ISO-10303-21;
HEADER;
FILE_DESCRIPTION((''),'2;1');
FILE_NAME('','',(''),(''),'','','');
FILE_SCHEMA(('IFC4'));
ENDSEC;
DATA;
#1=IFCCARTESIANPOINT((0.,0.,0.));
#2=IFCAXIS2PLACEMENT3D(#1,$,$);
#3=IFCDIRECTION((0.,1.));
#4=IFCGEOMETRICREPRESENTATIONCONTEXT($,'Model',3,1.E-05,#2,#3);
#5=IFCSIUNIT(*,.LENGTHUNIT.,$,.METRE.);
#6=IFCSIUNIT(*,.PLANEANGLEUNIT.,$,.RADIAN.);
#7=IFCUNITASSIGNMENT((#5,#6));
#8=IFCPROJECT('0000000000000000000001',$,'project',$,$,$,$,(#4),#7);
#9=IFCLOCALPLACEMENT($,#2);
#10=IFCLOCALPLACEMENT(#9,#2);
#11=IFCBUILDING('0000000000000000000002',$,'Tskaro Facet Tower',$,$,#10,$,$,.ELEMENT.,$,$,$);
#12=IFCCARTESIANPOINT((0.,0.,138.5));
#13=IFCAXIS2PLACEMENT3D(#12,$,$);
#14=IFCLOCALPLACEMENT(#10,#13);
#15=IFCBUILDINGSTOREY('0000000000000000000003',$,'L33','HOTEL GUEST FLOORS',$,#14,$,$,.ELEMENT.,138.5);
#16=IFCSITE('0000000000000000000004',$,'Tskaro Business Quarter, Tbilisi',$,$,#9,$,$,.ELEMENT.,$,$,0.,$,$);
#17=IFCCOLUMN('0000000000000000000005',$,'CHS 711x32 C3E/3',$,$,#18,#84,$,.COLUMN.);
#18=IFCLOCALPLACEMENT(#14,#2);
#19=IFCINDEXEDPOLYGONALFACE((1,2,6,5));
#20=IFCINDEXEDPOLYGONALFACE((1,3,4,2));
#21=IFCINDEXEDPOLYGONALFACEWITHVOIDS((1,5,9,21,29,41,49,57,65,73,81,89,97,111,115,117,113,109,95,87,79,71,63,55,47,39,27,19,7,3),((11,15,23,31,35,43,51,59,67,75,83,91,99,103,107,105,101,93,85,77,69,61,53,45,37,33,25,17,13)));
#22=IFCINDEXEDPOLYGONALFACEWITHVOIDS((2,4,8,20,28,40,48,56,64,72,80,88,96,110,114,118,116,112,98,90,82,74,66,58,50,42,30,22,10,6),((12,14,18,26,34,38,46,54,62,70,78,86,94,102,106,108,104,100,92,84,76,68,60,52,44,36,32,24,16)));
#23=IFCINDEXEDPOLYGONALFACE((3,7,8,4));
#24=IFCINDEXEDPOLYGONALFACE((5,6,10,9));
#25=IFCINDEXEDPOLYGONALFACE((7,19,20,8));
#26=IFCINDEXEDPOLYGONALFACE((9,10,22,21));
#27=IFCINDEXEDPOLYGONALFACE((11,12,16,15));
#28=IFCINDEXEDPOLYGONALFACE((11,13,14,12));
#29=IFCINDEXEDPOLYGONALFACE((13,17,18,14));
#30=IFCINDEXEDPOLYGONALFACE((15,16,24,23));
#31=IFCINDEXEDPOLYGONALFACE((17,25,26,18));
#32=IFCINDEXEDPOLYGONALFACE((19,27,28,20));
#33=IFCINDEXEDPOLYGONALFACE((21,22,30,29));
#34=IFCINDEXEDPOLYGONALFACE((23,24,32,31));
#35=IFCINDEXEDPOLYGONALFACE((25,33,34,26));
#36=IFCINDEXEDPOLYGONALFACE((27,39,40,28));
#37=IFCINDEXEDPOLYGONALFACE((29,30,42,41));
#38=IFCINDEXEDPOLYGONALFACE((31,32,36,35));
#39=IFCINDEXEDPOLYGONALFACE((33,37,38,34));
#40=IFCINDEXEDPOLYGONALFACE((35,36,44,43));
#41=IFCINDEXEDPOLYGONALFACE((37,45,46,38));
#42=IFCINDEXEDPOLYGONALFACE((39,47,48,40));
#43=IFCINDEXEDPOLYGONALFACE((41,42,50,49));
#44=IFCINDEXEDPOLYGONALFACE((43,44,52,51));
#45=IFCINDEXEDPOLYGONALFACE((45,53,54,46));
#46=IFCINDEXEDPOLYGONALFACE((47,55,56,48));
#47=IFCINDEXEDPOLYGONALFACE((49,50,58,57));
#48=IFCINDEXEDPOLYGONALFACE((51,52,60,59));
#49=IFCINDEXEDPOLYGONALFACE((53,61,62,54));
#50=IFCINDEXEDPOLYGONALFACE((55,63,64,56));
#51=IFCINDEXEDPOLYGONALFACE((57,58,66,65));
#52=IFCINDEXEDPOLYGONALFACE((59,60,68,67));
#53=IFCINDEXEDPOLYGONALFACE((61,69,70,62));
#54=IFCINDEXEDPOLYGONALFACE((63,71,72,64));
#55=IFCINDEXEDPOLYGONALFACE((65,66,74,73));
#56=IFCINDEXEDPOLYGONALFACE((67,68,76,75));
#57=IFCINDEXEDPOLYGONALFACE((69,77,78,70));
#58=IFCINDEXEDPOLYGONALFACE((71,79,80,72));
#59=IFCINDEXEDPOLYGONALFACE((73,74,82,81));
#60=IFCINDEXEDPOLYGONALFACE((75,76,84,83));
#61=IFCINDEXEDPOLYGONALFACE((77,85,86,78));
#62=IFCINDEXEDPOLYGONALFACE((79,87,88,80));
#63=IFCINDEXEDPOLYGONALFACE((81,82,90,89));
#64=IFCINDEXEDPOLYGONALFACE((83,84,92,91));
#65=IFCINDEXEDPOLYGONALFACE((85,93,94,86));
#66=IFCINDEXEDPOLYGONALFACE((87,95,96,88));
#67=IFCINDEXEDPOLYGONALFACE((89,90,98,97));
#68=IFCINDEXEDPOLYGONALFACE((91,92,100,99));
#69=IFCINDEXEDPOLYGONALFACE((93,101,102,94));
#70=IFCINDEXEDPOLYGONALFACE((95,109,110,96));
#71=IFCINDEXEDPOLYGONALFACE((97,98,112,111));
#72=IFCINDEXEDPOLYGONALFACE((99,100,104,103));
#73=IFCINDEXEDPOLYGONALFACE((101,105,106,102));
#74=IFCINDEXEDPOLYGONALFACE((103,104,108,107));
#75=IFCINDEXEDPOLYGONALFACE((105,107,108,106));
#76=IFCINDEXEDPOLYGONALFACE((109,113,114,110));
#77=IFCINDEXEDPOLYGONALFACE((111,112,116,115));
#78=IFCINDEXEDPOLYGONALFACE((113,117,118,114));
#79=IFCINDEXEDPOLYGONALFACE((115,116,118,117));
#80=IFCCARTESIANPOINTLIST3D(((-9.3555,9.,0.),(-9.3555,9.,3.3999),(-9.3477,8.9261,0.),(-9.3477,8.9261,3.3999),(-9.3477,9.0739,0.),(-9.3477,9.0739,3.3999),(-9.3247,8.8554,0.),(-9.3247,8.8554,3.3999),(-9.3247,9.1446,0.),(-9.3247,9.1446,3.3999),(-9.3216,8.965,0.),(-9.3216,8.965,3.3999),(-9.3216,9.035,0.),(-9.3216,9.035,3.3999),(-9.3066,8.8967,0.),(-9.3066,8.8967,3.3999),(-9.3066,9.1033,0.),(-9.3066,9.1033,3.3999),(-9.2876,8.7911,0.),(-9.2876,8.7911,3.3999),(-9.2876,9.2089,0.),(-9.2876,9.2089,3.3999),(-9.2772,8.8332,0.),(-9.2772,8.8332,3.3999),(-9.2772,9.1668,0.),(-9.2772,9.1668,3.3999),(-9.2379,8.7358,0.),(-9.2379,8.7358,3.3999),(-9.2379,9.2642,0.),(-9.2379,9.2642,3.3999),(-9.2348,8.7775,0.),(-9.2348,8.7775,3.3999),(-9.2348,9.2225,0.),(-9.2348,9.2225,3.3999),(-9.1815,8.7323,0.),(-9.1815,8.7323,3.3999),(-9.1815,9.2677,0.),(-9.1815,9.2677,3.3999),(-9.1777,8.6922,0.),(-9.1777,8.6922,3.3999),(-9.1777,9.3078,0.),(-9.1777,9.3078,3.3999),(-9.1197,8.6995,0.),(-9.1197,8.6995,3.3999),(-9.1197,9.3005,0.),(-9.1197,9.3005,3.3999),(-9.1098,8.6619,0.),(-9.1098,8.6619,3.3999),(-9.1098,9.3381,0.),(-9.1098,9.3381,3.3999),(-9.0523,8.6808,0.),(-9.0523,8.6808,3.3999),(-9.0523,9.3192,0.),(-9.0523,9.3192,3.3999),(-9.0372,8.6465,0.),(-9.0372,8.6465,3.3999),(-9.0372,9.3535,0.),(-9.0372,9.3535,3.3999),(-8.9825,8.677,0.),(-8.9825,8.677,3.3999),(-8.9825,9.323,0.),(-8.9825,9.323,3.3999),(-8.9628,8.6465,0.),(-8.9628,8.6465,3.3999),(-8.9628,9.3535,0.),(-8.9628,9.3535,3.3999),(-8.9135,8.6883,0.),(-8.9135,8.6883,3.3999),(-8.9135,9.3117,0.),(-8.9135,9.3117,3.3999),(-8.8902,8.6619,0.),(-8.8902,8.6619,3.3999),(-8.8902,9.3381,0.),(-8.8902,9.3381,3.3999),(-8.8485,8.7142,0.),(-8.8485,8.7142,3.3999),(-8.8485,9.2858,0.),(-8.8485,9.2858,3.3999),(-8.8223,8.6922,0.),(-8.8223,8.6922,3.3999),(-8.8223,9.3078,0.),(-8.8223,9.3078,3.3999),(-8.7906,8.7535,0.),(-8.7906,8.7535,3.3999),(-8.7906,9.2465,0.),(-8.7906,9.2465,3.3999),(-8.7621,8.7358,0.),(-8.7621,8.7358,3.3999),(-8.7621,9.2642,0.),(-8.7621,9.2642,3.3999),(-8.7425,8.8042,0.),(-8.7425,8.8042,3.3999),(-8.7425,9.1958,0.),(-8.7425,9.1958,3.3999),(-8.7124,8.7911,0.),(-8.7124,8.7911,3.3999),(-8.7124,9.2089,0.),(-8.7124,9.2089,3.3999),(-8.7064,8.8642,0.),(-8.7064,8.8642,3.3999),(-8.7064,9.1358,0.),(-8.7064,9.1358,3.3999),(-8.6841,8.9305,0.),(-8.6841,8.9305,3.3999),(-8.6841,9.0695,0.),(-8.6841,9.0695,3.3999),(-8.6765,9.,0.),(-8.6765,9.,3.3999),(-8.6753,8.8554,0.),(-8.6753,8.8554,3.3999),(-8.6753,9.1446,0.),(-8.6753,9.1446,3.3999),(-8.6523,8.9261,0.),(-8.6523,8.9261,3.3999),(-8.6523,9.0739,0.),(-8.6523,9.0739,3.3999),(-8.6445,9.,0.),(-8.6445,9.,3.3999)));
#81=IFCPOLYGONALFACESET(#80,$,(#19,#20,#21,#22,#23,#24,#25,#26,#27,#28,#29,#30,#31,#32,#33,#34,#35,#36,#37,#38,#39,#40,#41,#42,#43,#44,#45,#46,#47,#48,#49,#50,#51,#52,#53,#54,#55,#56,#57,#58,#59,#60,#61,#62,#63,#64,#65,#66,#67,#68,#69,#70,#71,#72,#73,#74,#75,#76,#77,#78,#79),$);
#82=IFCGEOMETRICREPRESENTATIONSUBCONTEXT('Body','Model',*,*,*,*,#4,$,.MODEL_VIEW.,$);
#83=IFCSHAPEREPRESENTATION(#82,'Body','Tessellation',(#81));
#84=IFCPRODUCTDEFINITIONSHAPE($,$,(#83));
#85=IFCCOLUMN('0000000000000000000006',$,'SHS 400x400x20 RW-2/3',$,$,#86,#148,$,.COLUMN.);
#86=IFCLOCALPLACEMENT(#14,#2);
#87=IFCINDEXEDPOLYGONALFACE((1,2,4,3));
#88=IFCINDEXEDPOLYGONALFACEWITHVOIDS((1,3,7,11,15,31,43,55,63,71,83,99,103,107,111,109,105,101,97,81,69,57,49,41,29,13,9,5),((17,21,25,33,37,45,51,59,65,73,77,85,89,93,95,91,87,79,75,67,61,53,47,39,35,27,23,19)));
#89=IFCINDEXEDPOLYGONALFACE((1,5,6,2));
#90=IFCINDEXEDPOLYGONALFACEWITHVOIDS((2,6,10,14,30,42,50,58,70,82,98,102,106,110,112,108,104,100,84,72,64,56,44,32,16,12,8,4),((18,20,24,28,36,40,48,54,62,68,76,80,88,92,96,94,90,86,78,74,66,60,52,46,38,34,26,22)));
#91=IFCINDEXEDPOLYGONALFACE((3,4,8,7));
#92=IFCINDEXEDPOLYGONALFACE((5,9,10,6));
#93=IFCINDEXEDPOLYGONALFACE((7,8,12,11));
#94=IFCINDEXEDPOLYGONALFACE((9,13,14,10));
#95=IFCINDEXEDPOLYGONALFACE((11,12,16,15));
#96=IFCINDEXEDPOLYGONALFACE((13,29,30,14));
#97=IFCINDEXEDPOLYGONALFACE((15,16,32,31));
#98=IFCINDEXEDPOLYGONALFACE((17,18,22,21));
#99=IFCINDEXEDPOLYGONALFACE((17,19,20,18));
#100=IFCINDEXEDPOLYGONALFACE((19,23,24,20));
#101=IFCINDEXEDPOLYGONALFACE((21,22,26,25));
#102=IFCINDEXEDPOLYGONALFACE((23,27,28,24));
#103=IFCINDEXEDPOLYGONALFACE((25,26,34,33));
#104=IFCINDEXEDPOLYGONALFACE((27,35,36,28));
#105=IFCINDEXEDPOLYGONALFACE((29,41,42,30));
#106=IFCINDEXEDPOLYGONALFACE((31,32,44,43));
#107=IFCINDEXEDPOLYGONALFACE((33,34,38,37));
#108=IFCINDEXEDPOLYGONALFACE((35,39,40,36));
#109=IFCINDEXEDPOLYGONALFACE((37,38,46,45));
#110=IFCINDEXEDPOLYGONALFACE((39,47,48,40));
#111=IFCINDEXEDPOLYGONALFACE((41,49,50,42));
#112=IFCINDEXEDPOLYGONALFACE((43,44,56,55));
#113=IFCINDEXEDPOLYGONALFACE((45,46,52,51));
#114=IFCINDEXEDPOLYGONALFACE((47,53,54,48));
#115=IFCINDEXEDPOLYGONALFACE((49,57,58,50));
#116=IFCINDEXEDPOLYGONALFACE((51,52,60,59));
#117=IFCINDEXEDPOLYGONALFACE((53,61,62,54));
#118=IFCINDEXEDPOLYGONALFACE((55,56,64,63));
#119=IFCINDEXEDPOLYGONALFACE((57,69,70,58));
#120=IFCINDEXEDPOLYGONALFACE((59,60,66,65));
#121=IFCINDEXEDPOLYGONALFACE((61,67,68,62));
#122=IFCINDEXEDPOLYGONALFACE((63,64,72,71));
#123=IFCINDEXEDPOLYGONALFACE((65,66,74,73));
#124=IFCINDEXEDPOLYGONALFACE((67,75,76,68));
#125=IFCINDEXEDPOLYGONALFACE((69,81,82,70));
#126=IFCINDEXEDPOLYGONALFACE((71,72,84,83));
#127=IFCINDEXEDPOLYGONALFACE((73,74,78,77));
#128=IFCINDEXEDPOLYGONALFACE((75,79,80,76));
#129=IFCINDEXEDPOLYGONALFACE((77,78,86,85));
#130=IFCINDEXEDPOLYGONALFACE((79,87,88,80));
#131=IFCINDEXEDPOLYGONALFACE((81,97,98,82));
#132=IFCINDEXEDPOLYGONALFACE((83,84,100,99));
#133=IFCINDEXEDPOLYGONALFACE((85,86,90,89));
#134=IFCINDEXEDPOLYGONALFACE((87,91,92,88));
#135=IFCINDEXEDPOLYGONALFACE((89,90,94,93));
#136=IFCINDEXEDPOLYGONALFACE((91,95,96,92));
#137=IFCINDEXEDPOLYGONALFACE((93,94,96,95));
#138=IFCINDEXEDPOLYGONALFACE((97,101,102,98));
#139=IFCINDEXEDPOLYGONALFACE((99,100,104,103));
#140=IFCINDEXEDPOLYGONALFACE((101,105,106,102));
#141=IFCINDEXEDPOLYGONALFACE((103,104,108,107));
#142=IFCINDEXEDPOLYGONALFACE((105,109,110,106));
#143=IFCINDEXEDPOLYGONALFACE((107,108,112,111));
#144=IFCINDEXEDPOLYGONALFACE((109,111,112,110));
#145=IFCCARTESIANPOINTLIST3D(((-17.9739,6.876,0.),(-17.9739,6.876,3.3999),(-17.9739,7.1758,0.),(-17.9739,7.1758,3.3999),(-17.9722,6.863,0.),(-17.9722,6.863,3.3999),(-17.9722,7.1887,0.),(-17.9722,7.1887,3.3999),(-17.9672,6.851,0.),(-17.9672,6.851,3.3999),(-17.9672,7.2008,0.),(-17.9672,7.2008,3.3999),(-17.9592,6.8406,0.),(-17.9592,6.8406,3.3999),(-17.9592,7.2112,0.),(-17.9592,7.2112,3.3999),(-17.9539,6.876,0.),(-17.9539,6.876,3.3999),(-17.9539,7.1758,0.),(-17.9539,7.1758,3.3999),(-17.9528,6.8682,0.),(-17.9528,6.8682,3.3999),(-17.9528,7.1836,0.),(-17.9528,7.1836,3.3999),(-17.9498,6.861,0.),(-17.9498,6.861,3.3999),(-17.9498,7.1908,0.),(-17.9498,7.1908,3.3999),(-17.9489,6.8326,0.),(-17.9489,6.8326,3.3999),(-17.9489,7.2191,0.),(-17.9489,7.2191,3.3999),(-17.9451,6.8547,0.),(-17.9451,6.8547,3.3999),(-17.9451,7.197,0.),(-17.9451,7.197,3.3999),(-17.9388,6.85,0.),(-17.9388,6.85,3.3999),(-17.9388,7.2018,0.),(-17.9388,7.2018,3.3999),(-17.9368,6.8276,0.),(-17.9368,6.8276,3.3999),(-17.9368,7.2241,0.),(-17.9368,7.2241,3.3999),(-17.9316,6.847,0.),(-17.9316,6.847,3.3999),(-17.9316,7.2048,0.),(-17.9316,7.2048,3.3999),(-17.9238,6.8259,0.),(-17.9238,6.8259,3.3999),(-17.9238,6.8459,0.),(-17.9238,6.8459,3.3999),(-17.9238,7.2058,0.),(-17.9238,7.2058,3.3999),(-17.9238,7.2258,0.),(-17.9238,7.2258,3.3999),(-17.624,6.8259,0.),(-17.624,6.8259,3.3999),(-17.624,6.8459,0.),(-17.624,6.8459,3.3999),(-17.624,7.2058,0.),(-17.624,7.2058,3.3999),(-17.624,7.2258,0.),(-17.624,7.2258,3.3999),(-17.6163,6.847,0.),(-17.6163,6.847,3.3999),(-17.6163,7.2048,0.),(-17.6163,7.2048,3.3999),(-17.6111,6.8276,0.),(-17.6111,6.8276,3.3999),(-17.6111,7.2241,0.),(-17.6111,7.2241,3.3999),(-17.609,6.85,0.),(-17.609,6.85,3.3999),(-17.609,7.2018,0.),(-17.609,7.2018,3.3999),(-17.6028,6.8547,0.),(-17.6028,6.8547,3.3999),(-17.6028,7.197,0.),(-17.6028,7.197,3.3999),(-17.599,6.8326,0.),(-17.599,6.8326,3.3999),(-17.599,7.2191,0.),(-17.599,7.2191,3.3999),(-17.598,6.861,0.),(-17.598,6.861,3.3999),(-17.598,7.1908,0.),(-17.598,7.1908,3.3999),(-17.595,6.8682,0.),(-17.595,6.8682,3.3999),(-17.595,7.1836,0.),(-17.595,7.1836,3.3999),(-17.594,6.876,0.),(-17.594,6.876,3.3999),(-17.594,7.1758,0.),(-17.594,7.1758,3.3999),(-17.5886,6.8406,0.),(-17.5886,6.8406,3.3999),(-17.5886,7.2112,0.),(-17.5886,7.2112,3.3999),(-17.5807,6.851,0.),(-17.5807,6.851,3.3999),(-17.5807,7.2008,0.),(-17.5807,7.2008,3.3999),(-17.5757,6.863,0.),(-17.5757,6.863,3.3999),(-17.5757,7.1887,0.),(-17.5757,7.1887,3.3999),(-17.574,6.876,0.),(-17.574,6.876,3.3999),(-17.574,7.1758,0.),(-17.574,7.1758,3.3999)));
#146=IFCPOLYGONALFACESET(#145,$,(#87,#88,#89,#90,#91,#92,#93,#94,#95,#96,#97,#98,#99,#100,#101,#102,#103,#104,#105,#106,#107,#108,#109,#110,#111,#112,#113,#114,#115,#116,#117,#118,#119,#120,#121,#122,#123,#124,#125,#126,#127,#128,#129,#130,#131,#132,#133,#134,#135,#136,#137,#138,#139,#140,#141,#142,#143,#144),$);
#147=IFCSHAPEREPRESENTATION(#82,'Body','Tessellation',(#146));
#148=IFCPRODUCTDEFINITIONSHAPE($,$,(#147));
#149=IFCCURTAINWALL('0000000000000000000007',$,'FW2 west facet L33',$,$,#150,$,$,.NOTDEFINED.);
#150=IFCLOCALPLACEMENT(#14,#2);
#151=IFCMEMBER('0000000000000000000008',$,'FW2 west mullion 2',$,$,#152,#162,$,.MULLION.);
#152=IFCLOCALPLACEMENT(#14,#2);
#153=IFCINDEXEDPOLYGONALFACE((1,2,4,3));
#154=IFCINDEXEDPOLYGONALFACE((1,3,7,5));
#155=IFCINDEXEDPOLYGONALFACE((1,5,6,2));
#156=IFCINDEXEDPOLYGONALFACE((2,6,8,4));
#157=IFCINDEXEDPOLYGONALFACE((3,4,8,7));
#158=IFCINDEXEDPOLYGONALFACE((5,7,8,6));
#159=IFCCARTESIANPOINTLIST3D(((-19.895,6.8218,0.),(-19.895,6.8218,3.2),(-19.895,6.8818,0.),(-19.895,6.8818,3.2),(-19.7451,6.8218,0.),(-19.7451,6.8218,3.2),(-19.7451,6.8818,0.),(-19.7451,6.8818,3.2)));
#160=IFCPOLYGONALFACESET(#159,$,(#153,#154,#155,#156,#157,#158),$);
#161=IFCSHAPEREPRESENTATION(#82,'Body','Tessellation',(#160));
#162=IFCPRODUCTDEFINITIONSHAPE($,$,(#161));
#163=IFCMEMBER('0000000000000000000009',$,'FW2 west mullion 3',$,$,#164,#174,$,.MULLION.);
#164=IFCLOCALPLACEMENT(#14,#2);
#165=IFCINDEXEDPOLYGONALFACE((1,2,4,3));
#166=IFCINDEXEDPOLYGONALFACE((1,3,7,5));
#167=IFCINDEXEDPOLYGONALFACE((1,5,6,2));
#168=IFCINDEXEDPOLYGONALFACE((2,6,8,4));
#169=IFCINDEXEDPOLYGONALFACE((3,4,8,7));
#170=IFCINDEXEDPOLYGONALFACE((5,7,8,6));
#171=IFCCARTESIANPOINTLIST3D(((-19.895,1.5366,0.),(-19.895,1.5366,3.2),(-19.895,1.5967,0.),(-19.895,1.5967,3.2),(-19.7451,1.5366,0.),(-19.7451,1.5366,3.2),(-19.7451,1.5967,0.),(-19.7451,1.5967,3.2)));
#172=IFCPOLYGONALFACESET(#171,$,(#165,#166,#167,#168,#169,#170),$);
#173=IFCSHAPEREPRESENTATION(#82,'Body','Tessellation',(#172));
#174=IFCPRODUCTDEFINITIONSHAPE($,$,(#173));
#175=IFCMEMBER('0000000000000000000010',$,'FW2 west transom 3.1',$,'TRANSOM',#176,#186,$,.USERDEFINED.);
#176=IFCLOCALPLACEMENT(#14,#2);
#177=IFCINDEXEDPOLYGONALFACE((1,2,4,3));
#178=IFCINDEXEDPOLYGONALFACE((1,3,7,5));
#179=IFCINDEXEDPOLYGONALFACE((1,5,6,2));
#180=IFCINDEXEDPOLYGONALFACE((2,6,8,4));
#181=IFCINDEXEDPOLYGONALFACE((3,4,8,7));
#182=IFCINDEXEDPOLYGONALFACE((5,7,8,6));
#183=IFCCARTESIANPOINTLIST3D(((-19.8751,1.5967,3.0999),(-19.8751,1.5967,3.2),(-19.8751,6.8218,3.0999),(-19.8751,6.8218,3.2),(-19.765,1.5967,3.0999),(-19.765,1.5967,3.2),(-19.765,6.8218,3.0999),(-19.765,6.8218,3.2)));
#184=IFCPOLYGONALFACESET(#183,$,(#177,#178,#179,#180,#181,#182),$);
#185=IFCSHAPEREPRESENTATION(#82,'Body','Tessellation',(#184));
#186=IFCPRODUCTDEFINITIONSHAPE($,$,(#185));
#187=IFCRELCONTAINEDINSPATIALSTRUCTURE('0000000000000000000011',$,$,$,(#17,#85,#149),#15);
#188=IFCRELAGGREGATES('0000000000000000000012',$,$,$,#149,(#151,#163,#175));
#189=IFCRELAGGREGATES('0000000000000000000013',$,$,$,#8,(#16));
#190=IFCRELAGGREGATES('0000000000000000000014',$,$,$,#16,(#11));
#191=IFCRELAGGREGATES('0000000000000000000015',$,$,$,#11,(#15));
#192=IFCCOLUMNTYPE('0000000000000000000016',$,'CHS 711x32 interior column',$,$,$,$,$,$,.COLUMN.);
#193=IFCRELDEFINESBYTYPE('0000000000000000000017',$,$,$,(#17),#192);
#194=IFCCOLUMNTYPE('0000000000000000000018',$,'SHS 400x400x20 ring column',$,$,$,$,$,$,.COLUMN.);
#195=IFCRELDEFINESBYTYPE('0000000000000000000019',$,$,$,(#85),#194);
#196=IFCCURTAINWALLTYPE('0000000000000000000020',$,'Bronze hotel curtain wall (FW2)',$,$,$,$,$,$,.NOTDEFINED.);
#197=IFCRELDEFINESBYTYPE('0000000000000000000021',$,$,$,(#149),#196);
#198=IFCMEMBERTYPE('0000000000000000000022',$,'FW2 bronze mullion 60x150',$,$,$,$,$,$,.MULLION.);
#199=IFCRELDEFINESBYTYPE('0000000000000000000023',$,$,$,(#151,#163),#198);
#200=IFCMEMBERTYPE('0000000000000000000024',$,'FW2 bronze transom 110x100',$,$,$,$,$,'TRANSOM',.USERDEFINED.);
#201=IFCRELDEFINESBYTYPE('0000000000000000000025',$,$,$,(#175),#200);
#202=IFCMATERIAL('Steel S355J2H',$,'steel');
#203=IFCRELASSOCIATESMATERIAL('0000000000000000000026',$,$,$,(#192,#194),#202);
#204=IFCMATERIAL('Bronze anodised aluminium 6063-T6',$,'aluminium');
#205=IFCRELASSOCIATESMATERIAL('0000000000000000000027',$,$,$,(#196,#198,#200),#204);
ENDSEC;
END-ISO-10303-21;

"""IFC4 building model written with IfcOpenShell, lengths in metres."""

from ifc_helpers import new_model, si_unit, direction, frame, origin, origin_2d, place, context, subcontext, project, spatial, rectangle, hollow_rectangle, hollow_circle, extrude, material, material_profile, profile_set, type_object, element, aggregate, save


model = new_model("IFC4")

# Units and contexts
model_context = context("Model", 3, precision=1e-05, world=origin(), true_north=direction((0.0, 1.0)))
body_context = subcontext(model_context, "Body", "Model", "MODEL_VIEW")
ifc_project = project(units=[si_unit("LENGTHUNIT", "METRE"), si_unit("PLANEANGLEUNIT", "RADIAN")], contexts=[model_context])

# Site, building, storey
site_placement = place(None, origin())
site = spatial("IfcSite", under=ifc_project, at=site_placement, Name="Tskaro Business Quarter, Tbilisi", CompositionType="ELEMENT", RefElevation=0.0)
building_placement = place(site_placement, origin())
building = spatial("IfcBuilding", under=site, at=building_placement, Name="Tskaro Facet Tower", CompositionType="ELEMENT")
storey_placement = place(building_placement, frame((0.0, 0.0, 138.5)))
storey = spatial("IfcBuildingStorey", under=building, at=storey_placement, Name="L33", Description="HOTEL GUEST FLOORS", CompositionType="ELEMENT", Elevation=138.5)

# Columns
ifc_material_1 = material(Name="Steel S355J2H", Category="steel")
ifc_material_profile_1 = material_profile(ifc_material_1, hollow_circle(Radius=0.3555, WallThickness=0.032, at=origin_2d()), Name="CHS 711x32")
ifc_profile_set_1 = profile_set([ifc_material_profile_1], Name="Steel S355J2H")
column_type_1 = type_object("IfcColumnType", Name="CHS 711x32 interior column", PredefinedType="COLUMN", material=ifc_profile_set_1)
column_1_placement = place(storey_placement, frame((-9.0, 9.0, 0.0), z_axis=(0.0, 0.0, 1.0), x_axis=(1.0, 0.0, 0.0)))
element("IfcColumn", 1, at=column_1_placement, inside=storey, type_object=column_type_1, Name="CHS 711x32 C3E/3", PredefinedType="COLUMN", context=body_context, shape_type="SweptSolid", body=[
    extrude(hollow_circle(Radius=0.3555, WallThickness=0.032, at=origin_2d()), origin(), (0.0, 0.0, 1.0), 3.3999),
])
ifc_material_profile_2 = material_profile(ifc_material_1, hollow_rectangle(XDim=0.3999, YDim=0.3999, WallThickness=0.02, InnerFilletRadius=0.03, OuterFilletRadius=0.05, at=origin_2d()), Name="SHS 400x400x20")
ifc_profile_set_2 = profile_set([ifc_material_profile_2], Name="Steel S355J2H")
column_type_2 = type_object("IfcColumnType", Name="SHS 400x400x20 ring column", PredefinedType="COLUMN", material=ifc_profile_set_2)
column_2_placement = place(storey_placement, frame((-17.7739, 7.0259, 0.0), z_axis=(0.0, 0.0, 1.0), x_axis=(1.0, 0.0, 0.0)))
element("IfcColumn", 2, at=column_2_placement, inside=storey, type_object=column_type_2, Name="SHS 400x400x20 RW-2/3", PredefinedType="COLUMN", context=body_context, shape_type="SweptSolid", body=[
    extrude(hollow_rectangle(XDim=0.3999, YDim=0.3999, WallThickness=0.02, InnerFilletRadius=0.03, OuterFilletRadius=0.05, at=origin_2d()), origin(), (0.0, 0.0, 1.0), 3.3999),
])

# Curtain wall, members
ifc_material_2 = material(Name="Bronze anodised aluminium 6063-T6", Category="aluminium")
curtain_wall_type = type_object("IfcCurtainWallType", Name="Bronze hotel curtain wall (FW2)", PredefinedType="NOTDEFINED", material=ifc_material_2)
curtain_wall_placement = place(storey_placement, origin())
curtain_wall = element("IfcCurtainWall", 3, at=curtain_wall_placement, inside=storey, type_object=curtain_wall_type, Name="FW2 west facet L33", PredefinedType="NOTDEFINED")
ifc_material_profile_3 = material_profile(ifc_material_2, rectangle(XDim=0.0601, YDim=0.1499, at=origin_2d()), Name="Mullion 60x150")
ifc_profile_set_3 = profile_set([ifc_material_profile_3], Name="Bronze anodised aluminium 6063-T6")
member_type_1 = type_object("IfcMemberType", Name="FW2 bronze mullion 60x150", PredefinedType="MULLION", material=ifc_profile_set_3)
member_1_placement = place(storey_placement, frame((-19.8201, 6.8518, 0.0), z_axis=(0.0, 0.0, 1.0), x_axis=(0.0, -1.0, 0.0)))
member_1 = element("IfcMember", 4, at=member_1_placement, type_object=member_type_1, Name="FW2 west mullion 2", PredefinedType="MULLION", context=body_context, shape_type="SweptSolid", body=[
    extrude(rectangle(XDim=0.0601, YDim=0.1499, at=origin_2d()), origin(), (0.0, 0.0, 1.0), 3.2),
])
member_2_placement = place(storey_placement, frame((-19.8201, 1.5667, 0.0), z_axis=(0.0, 0.0, 1.0), x_axis=(0.0, -1.0, 0.0)))
member_2 = element("IfcMember", 5, at=member_2_placement, type_object=member_type_1, Name="FW2 west mullion 3", PredefinedType="MULLION", context=body_context, shape_type="SweptSolid", body=[
    extrude(rectangle(XDim=0.0601, YDim=0.1499, at=origin_2d()), origin(), (0.0, 0.0, 1.0), 3.2),
])
ifc_material_profile_4 = material_profile(ifc_material_2, rectangle(XDim=0.1101, YDim=0.1001, at=origin_2d()), Name="Transom 110x100")
ifc_profile_set_4 = profile_set([ifc_material_profile_4], Name="Bronze anodised aluminium 6063-T6")
member_type_2 = type_object("IfcMemberType", Name="FW2 bronze transom 110x100", ElementType="TRANSOM", PredefinedType="USERDEFINED", material=ifc_profile_set_4)
member_3_placement = place(storey_placement, frame((-19.8201, 6.8218, 3.1499), z_axis=(0.0, -1.0, 0.0), x_axis=(1.0, 0.0, 0.0)))
member_3 = element("IfcMember", 6, at=member_3_placement, type_object=member_type_2, Name="FW2 west transom 3.1", ObjectType="TRANSOM", PredefinedType="USERDEFINED", context=body_context, shape_type="SweptSolid", body=[
    extrude(rectangle(XDim=0.1101, YDim=0.1001, at=origin_2d()), origin(), (0.0, 0.0, 1.0), 5.2251),
])

aggregate(curtain_wall, [member_1, member_2, member_3])

save(model, "model.ifc")
